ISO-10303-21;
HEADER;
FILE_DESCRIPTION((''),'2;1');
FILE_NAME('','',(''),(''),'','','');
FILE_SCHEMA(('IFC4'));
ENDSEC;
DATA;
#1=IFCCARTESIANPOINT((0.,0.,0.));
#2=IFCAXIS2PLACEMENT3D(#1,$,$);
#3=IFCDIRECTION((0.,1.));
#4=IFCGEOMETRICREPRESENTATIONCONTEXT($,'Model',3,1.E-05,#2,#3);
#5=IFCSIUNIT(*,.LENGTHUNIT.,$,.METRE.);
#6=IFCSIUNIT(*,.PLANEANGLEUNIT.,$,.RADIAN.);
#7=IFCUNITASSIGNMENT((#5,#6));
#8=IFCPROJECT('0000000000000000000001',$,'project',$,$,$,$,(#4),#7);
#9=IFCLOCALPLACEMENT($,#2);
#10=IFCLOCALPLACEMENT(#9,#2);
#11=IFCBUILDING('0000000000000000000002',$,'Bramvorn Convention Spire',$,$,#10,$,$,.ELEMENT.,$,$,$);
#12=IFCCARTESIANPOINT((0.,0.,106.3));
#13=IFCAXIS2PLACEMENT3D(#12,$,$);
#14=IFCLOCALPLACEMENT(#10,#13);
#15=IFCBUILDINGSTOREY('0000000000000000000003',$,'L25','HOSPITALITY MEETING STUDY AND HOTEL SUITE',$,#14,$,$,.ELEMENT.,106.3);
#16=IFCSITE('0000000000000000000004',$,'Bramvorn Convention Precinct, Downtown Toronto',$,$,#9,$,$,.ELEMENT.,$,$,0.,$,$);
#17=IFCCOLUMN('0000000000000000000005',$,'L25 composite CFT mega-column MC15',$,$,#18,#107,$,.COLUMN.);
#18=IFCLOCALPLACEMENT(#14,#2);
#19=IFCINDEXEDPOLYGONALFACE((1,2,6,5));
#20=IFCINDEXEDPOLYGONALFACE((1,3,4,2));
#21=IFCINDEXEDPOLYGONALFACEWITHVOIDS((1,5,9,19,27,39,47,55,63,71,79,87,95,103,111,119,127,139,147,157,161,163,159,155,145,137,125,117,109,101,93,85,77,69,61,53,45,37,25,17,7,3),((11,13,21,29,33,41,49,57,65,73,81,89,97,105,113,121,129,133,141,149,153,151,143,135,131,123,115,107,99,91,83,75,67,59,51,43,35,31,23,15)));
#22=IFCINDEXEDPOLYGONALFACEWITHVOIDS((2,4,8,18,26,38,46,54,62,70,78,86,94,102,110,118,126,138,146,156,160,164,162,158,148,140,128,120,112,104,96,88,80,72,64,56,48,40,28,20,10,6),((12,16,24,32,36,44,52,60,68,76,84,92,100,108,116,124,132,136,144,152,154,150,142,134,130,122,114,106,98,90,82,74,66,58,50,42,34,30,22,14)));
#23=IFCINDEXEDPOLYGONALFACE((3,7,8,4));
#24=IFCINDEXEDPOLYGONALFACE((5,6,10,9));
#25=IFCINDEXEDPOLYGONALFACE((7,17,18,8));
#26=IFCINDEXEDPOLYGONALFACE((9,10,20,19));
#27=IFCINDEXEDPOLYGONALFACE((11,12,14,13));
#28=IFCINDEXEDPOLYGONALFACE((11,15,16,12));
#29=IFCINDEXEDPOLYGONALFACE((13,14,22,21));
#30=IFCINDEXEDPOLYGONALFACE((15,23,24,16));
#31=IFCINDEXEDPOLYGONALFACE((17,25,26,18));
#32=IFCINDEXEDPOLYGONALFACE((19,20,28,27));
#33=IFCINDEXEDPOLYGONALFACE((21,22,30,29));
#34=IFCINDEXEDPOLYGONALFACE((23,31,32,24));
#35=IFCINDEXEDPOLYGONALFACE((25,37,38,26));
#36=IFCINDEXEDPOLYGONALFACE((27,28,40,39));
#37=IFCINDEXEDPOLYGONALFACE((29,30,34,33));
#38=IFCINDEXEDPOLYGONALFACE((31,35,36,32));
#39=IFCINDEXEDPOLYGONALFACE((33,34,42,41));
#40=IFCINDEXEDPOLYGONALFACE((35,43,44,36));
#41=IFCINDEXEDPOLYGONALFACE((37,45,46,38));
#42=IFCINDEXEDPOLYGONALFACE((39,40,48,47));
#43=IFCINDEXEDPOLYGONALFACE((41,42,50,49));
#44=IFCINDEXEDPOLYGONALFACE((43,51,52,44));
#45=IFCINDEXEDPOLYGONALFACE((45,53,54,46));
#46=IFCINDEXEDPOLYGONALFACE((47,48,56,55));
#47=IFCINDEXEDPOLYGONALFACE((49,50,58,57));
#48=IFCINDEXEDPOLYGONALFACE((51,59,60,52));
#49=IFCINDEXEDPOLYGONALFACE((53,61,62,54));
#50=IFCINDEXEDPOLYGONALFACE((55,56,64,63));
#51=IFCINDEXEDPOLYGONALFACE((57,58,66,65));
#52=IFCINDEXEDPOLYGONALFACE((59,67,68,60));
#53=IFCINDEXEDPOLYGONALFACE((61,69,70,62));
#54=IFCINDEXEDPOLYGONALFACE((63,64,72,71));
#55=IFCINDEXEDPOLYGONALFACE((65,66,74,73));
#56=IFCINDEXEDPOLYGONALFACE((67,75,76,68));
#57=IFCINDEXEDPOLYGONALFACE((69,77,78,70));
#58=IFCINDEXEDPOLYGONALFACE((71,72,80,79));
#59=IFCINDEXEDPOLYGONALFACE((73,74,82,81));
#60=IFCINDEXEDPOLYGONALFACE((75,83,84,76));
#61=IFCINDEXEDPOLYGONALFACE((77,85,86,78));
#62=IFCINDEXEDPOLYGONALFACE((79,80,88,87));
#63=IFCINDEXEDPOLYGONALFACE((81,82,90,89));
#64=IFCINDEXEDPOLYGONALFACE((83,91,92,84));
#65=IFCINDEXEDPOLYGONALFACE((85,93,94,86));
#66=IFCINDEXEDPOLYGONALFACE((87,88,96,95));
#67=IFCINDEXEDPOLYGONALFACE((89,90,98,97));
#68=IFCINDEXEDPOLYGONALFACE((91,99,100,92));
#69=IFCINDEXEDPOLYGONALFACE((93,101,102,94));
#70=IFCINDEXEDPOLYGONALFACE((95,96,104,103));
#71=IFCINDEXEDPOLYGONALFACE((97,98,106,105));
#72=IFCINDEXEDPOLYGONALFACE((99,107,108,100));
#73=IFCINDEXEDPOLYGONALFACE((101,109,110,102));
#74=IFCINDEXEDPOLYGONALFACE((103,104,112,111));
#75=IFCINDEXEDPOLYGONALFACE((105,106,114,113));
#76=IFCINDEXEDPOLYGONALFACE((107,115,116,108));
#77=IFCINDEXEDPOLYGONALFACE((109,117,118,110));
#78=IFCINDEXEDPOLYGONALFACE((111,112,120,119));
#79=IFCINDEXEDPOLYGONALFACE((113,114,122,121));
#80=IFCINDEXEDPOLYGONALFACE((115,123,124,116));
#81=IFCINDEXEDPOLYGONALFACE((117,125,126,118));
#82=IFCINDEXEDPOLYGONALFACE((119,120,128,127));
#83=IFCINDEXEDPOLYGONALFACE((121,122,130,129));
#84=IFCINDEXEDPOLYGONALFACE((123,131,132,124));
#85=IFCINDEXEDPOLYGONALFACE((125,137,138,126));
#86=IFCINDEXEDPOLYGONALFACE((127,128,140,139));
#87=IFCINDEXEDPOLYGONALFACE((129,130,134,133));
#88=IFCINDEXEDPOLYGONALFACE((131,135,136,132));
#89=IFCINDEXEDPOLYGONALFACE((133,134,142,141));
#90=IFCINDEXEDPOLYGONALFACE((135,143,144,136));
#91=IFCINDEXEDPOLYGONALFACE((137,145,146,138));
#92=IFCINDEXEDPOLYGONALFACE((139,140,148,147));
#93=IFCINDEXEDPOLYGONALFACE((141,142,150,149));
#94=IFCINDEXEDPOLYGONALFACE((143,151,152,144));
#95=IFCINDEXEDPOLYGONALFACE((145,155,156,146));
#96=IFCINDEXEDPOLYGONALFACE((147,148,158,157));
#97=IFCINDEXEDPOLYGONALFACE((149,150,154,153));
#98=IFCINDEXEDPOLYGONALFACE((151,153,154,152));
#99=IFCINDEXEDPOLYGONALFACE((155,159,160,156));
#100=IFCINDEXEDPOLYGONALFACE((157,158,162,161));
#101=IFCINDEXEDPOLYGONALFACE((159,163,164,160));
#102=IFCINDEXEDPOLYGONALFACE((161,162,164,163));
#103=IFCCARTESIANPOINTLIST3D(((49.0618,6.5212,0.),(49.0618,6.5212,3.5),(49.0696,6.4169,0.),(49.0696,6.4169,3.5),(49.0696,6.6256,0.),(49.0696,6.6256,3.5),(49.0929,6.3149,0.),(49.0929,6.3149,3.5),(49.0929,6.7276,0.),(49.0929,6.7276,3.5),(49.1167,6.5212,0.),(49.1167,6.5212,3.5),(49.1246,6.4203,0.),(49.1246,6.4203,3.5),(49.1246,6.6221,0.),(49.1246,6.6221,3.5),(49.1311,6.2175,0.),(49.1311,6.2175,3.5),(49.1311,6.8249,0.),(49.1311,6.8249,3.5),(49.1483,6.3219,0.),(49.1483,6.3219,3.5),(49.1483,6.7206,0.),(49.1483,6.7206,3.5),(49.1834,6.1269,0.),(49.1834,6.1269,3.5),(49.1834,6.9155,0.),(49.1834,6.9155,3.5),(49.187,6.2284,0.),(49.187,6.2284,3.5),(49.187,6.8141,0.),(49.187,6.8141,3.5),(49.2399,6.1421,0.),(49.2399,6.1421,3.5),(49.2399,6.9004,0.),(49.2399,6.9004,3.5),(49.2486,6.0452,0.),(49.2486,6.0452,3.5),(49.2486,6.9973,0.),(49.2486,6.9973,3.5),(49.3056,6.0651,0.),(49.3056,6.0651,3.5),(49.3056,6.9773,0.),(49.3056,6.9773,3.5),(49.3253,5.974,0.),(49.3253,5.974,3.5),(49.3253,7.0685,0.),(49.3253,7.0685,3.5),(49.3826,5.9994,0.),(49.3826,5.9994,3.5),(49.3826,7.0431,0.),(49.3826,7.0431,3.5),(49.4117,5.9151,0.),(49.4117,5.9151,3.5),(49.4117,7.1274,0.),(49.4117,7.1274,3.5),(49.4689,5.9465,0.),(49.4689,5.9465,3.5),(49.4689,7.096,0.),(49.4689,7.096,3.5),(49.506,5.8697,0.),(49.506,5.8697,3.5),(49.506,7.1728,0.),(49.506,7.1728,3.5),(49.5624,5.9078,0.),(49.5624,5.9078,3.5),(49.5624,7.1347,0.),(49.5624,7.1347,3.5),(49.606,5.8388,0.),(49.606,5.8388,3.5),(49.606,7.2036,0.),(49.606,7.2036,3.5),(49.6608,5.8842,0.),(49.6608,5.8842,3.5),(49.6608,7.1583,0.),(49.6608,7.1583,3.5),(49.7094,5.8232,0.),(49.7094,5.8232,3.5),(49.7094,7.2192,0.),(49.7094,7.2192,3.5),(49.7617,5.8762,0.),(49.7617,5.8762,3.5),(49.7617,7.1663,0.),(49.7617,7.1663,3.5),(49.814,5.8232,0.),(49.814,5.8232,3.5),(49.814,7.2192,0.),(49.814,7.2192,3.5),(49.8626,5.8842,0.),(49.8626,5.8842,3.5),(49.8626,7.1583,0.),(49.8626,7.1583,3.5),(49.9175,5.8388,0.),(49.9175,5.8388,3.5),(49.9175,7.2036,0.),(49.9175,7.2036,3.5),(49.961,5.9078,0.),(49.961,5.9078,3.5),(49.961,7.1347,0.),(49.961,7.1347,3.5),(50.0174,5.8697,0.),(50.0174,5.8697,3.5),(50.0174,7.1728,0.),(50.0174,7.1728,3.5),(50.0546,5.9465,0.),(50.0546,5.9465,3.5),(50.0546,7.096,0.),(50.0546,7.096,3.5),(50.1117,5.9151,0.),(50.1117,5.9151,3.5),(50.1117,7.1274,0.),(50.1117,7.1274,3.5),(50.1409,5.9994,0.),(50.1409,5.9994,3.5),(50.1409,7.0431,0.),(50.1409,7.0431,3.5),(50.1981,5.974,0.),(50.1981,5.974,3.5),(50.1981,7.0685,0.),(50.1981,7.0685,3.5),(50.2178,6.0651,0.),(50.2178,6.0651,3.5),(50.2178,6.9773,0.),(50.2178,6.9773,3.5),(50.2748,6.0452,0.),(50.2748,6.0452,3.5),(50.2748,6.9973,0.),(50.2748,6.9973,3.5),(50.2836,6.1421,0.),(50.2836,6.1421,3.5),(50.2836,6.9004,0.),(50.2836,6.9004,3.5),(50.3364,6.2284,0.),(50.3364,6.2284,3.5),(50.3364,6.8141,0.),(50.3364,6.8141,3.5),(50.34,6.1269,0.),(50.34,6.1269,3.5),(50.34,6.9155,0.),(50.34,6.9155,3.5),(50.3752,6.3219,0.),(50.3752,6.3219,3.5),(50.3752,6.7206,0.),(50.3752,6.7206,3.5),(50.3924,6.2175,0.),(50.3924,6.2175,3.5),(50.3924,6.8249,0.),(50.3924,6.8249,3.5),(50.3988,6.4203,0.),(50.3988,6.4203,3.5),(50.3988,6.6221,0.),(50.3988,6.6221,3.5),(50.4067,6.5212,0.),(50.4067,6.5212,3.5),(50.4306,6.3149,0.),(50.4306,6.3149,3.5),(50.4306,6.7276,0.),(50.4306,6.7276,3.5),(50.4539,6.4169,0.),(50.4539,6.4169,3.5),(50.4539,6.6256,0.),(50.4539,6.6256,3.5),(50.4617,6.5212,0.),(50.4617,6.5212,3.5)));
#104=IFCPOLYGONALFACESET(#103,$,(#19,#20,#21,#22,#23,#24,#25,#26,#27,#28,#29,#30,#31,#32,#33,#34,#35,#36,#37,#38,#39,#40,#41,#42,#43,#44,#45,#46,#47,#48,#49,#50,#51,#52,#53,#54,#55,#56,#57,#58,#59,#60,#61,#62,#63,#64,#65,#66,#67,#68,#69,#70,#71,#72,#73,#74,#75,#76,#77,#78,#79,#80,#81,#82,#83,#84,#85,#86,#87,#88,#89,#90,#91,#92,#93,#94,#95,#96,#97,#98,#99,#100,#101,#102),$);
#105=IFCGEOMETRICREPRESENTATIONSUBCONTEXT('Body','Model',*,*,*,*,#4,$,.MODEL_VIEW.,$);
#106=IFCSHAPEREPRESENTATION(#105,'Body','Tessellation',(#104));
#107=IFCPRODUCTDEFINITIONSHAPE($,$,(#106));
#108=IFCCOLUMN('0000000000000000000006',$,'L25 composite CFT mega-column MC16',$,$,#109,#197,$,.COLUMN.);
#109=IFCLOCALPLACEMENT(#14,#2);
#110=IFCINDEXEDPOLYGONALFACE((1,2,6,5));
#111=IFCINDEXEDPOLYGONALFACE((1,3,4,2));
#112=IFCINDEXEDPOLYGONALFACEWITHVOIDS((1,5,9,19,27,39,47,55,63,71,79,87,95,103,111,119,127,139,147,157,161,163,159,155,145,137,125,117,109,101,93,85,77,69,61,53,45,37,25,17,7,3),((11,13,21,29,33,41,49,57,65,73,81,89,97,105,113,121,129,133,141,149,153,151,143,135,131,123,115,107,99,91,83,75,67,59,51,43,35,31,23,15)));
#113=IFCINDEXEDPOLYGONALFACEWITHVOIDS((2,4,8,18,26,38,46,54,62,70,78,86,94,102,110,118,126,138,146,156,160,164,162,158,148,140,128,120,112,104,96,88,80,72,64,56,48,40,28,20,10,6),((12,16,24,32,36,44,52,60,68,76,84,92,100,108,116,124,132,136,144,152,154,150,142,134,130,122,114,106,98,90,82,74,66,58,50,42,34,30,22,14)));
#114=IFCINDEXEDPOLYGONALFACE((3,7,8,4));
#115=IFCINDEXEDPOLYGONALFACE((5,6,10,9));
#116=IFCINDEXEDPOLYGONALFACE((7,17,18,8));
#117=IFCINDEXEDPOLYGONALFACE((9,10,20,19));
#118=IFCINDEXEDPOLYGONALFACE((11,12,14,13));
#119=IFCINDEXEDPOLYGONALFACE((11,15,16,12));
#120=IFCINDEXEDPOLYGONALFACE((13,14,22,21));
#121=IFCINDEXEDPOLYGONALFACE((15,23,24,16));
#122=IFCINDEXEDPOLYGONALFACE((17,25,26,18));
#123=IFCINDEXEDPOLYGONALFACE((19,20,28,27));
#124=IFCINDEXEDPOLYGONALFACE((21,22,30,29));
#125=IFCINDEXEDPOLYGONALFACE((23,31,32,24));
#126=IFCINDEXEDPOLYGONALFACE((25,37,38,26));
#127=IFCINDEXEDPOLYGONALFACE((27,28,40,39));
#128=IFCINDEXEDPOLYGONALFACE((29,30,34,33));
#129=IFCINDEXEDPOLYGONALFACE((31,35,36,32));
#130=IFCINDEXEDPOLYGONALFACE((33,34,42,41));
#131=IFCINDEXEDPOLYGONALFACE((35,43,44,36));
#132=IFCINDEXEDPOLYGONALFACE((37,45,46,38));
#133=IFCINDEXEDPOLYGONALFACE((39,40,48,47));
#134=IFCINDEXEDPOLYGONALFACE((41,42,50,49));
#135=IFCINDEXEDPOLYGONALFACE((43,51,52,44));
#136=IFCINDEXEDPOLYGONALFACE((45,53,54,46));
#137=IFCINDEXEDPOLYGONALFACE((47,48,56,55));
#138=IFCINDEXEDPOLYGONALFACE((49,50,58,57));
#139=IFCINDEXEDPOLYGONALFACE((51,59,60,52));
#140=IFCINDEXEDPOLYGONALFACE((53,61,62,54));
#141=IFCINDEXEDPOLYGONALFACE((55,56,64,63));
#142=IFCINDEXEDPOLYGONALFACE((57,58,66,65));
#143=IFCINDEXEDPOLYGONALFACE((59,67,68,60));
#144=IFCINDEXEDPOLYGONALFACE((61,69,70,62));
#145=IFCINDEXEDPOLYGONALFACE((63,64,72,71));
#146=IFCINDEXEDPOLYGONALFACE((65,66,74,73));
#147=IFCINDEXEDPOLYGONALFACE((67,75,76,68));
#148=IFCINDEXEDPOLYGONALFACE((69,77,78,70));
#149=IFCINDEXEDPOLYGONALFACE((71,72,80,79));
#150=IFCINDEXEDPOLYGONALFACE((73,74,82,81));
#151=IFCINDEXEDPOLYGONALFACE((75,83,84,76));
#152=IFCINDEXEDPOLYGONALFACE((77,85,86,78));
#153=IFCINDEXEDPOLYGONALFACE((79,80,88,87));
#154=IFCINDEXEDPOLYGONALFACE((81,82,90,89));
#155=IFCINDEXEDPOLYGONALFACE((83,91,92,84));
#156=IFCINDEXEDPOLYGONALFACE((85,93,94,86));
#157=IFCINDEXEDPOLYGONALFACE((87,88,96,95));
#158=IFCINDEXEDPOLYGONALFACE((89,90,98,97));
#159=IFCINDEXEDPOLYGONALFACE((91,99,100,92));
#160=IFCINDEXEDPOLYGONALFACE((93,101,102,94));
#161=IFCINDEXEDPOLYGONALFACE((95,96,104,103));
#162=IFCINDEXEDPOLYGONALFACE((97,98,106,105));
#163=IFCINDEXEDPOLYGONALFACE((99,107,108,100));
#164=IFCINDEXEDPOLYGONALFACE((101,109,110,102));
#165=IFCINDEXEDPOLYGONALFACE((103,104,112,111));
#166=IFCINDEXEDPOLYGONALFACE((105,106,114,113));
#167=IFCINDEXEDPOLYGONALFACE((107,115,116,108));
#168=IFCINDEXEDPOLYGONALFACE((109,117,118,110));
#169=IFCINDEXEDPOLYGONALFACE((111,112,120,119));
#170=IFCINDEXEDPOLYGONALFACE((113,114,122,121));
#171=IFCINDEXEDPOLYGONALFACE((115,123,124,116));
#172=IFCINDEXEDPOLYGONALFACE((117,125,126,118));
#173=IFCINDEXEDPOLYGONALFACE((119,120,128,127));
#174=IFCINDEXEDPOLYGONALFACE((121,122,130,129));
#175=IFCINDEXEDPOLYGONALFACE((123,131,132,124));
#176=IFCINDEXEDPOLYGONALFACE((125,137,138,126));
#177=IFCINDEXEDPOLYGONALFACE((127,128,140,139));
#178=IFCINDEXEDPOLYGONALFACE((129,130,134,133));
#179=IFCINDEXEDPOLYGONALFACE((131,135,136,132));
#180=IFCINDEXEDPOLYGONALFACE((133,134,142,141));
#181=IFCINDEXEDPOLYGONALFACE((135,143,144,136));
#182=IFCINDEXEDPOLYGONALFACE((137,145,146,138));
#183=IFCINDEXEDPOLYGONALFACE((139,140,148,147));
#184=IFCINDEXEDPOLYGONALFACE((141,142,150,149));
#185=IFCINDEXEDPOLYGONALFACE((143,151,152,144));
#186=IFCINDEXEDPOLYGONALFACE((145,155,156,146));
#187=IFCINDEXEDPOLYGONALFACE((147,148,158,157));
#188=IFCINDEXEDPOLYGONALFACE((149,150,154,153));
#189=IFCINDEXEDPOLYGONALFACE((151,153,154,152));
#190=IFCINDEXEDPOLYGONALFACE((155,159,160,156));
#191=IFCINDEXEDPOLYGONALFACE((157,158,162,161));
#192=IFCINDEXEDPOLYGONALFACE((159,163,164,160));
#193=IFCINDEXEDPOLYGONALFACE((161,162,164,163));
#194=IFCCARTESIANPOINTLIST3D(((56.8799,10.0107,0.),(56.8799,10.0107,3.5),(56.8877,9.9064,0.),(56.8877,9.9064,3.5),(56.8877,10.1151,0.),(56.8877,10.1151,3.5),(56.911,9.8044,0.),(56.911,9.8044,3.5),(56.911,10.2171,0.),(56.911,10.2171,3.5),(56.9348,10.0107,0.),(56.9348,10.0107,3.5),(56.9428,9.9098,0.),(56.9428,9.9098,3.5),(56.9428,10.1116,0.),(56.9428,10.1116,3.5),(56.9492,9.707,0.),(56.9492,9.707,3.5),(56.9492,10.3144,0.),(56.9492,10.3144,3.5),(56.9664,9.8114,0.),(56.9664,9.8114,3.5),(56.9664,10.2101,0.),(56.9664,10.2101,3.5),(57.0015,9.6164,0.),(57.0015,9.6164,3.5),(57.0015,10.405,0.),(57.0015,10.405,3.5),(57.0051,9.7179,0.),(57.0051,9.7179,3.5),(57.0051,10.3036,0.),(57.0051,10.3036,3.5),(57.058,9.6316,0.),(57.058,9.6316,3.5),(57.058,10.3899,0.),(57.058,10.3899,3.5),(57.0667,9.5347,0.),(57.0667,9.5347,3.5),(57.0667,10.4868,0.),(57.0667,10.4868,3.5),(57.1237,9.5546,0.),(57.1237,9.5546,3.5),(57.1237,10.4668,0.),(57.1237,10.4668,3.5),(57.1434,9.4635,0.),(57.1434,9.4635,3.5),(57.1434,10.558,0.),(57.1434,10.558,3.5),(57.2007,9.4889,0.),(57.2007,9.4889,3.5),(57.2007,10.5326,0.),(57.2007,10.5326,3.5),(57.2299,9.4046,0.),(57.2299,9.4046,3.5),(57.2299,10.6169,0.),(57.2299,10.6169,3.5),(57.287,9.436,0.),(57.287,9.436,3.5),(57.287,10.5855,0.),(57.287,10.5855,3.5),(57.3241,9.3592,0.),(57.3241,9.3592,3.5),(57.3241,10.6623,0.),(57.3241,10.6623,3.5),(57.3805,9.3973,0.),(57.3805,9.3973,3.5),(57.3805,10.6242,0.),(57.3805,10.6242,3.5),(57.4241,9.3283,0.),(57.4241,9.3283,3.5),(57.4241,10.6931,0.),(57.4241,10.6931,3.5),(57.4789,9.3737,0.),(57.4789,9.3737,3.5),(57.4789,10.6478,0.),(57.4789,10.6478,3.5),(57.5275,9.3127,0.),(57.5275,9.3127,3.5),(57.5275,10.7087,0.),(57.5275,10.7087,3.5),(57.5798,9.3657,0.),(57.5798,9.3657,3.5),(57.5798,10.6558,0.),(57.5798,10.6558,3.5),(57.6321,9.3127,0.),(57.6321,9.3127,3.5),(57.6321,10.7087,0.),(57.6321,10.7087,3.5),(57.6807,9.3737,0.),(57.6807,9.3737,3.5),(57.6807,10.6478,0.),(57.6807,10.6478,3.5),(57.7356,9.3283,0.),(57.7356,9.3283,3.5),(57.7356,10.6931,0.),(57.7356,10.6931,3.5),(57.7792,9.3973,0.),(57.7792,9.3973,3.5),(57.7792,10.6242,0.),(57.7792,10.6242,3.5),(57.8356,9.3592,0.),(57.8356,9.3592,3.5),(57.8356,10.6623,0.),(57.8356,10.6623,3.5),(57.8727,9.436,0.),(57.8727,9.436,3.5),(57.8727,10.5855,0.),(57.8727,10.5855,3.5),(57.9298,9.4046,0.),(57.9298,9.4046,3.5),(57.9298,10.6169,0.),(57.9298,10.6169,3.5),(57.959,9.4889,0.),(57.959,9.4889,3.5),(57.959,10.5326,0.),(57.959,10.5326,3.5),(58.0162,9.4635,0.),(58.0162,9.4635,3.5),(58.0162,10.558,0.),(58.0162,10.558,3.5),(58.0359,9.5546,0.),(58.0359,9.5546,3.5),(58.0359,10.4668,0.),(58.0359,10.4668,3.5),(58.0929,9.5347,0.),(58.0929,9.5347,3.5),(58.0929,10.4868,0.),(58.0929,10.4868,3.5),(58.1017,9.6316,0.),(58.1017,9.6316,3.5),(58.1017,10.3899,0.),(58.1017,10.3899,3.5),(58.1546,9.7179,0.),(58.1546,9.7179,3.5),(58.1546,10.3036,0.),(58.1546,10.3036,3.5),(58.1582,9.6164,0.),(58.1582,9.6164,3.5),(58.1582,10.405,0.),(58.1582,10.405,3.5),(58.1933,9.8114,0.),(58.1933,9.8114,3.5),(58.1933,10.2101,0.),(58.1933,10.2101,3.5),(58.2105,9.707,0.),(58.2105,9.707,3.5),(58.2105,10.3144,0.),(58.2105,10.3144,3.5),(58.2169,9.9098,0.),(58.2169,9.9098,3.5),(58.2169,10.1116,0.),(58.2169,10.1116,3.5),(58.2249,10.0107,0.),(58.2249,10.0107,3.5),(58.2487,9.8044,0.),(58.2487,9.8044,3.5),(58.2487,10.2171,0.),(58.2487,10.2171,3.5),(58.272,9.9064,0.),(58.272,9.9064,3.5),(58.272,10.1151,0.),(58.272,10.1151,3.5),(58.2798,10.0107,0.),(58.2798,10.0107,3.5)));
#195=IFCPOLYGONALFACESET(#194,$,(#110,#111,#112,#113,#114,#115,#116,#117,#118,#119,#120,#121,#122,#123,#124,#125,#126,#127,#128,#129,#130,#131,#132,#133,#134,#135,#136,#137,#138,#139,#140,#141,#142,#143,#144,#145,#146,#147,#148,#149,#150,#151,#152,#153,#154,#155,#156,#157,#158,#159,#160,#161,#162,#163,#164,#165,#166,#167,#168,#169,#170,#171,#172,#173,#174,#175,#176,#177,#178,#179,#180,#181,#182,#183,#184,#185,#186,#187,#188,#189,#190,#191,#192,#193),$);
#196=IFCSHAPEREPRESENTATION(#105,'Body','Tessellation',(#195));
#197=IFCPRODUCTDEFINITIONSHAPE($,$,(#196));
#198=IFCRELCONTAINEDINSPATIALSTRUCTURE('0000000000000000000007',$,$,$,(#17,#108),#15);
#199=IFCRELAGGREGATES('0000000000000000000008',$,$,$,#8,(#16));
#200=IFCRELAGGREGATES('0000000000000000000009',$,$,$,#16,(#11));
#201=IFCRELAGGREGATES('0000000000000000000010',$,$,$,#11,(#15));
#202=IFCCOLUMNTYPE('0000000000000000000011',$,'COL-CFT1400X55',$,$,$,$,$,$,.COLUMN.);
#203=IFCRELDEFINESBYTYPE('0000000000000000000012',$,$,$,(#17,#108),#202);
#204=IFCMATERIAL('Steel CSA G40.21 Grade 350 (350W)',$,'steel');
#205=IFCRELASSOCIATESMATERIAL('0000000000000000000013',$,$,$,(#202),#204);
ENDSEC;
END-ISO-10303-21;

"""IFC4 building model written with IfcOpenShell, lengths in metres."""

from ifc_helpers import new_model, si_unit, direction, frame, origin, origin_2d, place, context, subcontext, project, spatial, hollow_circle, extrude, material, material_profile, profile_set, type_object, element, save


model = new_model("IFC4")

# Units and contexts
model_context = context("Model", 3, precision=1e-05, world=origin(), true_north=direction((0.0, 1.0)))
body_context = subcontext(model_context, "Body", "Model", "MODEL_VIEW")
ifc_project = project(units=[si_unit("LENGTHUNIT", "METRE"), si_unit("PLANEANGLEUNIT", "RADIAN")], contexts=[model_context])

# Site, building, storey
site_placement = place(None, origin())
site = spatial("IfcSite", under=ifc_project, at=site_placement, Name="Bramvorn Convention Precinct, Downtown Toronto", CompositionType="ELEMENT", RefElevation=0.0)
building_placement = place(site_placement, origin())
building = spatial("IfcBuilding", under=site, at=building_placement, Name="Bramvorn Convention Spire", CompositionType="ELEMENT")
storey_placement = place(building_placement, frame((0.0, 0.0, 106.3)))
storey = spatial("IfcBuildingStorey", under=building, at=storey_placement, Name="L25", Description="HOSPITALITY MEETING STUDY AND HOTEL SUITE", CompositionType="ELEMENT", Elevation=106.3)

# Columns
ifc_material_1 = material(Name="Steel CSA G40.21 Grade 350 (350W)", Category="steel")
ifc_material_profile_1 = material_profile(ifc_material_1, hollow_circle(Radius=0.7, WallThickness=0.0549, at=origin_2d()))
ifc_profile_set_1 = profile_set([ifc_material_profile_1], Name="Steel CSA G40.21 Grade 350 (350W) - CFT1400X55")
column_type = type_object("IfcColumnType", Name="COL-CFT1400X55", PredefinedType="COLUMN", material=ifc_profile_set_1)
for number, where, z_axis, x_axis, name in (
    (1, (49.7617, 6.5212, 0.0), (0.0, 0.0, 1.0), (1.0, 0.0, 0.0), "L25 composite CFT mega-column MC15"),
    (2, (57.5798, 10.0107, 0.0), (0.0, 0.0, 1.0), (1.0, 0.0, 0.0), "L25 composite CFT mega-column MC16"),
):
    element("IfcColumn", number, at=place(storey_placement, frame(where, z_axis=z_axis, x_axis=x_axis)), inside=storey, type_object=column_type, Name=name, PredefinedType="COLUMN", context=body_context, shape_type="SweptSolid", body=[
        extrude(hollow_circle(Radius=0.7, WallThickness=0.0549, at=origin_2d()), origin(), (0.0, 0.0, 1.0), 3.5),
    ])

save(model, "model.ifc")
